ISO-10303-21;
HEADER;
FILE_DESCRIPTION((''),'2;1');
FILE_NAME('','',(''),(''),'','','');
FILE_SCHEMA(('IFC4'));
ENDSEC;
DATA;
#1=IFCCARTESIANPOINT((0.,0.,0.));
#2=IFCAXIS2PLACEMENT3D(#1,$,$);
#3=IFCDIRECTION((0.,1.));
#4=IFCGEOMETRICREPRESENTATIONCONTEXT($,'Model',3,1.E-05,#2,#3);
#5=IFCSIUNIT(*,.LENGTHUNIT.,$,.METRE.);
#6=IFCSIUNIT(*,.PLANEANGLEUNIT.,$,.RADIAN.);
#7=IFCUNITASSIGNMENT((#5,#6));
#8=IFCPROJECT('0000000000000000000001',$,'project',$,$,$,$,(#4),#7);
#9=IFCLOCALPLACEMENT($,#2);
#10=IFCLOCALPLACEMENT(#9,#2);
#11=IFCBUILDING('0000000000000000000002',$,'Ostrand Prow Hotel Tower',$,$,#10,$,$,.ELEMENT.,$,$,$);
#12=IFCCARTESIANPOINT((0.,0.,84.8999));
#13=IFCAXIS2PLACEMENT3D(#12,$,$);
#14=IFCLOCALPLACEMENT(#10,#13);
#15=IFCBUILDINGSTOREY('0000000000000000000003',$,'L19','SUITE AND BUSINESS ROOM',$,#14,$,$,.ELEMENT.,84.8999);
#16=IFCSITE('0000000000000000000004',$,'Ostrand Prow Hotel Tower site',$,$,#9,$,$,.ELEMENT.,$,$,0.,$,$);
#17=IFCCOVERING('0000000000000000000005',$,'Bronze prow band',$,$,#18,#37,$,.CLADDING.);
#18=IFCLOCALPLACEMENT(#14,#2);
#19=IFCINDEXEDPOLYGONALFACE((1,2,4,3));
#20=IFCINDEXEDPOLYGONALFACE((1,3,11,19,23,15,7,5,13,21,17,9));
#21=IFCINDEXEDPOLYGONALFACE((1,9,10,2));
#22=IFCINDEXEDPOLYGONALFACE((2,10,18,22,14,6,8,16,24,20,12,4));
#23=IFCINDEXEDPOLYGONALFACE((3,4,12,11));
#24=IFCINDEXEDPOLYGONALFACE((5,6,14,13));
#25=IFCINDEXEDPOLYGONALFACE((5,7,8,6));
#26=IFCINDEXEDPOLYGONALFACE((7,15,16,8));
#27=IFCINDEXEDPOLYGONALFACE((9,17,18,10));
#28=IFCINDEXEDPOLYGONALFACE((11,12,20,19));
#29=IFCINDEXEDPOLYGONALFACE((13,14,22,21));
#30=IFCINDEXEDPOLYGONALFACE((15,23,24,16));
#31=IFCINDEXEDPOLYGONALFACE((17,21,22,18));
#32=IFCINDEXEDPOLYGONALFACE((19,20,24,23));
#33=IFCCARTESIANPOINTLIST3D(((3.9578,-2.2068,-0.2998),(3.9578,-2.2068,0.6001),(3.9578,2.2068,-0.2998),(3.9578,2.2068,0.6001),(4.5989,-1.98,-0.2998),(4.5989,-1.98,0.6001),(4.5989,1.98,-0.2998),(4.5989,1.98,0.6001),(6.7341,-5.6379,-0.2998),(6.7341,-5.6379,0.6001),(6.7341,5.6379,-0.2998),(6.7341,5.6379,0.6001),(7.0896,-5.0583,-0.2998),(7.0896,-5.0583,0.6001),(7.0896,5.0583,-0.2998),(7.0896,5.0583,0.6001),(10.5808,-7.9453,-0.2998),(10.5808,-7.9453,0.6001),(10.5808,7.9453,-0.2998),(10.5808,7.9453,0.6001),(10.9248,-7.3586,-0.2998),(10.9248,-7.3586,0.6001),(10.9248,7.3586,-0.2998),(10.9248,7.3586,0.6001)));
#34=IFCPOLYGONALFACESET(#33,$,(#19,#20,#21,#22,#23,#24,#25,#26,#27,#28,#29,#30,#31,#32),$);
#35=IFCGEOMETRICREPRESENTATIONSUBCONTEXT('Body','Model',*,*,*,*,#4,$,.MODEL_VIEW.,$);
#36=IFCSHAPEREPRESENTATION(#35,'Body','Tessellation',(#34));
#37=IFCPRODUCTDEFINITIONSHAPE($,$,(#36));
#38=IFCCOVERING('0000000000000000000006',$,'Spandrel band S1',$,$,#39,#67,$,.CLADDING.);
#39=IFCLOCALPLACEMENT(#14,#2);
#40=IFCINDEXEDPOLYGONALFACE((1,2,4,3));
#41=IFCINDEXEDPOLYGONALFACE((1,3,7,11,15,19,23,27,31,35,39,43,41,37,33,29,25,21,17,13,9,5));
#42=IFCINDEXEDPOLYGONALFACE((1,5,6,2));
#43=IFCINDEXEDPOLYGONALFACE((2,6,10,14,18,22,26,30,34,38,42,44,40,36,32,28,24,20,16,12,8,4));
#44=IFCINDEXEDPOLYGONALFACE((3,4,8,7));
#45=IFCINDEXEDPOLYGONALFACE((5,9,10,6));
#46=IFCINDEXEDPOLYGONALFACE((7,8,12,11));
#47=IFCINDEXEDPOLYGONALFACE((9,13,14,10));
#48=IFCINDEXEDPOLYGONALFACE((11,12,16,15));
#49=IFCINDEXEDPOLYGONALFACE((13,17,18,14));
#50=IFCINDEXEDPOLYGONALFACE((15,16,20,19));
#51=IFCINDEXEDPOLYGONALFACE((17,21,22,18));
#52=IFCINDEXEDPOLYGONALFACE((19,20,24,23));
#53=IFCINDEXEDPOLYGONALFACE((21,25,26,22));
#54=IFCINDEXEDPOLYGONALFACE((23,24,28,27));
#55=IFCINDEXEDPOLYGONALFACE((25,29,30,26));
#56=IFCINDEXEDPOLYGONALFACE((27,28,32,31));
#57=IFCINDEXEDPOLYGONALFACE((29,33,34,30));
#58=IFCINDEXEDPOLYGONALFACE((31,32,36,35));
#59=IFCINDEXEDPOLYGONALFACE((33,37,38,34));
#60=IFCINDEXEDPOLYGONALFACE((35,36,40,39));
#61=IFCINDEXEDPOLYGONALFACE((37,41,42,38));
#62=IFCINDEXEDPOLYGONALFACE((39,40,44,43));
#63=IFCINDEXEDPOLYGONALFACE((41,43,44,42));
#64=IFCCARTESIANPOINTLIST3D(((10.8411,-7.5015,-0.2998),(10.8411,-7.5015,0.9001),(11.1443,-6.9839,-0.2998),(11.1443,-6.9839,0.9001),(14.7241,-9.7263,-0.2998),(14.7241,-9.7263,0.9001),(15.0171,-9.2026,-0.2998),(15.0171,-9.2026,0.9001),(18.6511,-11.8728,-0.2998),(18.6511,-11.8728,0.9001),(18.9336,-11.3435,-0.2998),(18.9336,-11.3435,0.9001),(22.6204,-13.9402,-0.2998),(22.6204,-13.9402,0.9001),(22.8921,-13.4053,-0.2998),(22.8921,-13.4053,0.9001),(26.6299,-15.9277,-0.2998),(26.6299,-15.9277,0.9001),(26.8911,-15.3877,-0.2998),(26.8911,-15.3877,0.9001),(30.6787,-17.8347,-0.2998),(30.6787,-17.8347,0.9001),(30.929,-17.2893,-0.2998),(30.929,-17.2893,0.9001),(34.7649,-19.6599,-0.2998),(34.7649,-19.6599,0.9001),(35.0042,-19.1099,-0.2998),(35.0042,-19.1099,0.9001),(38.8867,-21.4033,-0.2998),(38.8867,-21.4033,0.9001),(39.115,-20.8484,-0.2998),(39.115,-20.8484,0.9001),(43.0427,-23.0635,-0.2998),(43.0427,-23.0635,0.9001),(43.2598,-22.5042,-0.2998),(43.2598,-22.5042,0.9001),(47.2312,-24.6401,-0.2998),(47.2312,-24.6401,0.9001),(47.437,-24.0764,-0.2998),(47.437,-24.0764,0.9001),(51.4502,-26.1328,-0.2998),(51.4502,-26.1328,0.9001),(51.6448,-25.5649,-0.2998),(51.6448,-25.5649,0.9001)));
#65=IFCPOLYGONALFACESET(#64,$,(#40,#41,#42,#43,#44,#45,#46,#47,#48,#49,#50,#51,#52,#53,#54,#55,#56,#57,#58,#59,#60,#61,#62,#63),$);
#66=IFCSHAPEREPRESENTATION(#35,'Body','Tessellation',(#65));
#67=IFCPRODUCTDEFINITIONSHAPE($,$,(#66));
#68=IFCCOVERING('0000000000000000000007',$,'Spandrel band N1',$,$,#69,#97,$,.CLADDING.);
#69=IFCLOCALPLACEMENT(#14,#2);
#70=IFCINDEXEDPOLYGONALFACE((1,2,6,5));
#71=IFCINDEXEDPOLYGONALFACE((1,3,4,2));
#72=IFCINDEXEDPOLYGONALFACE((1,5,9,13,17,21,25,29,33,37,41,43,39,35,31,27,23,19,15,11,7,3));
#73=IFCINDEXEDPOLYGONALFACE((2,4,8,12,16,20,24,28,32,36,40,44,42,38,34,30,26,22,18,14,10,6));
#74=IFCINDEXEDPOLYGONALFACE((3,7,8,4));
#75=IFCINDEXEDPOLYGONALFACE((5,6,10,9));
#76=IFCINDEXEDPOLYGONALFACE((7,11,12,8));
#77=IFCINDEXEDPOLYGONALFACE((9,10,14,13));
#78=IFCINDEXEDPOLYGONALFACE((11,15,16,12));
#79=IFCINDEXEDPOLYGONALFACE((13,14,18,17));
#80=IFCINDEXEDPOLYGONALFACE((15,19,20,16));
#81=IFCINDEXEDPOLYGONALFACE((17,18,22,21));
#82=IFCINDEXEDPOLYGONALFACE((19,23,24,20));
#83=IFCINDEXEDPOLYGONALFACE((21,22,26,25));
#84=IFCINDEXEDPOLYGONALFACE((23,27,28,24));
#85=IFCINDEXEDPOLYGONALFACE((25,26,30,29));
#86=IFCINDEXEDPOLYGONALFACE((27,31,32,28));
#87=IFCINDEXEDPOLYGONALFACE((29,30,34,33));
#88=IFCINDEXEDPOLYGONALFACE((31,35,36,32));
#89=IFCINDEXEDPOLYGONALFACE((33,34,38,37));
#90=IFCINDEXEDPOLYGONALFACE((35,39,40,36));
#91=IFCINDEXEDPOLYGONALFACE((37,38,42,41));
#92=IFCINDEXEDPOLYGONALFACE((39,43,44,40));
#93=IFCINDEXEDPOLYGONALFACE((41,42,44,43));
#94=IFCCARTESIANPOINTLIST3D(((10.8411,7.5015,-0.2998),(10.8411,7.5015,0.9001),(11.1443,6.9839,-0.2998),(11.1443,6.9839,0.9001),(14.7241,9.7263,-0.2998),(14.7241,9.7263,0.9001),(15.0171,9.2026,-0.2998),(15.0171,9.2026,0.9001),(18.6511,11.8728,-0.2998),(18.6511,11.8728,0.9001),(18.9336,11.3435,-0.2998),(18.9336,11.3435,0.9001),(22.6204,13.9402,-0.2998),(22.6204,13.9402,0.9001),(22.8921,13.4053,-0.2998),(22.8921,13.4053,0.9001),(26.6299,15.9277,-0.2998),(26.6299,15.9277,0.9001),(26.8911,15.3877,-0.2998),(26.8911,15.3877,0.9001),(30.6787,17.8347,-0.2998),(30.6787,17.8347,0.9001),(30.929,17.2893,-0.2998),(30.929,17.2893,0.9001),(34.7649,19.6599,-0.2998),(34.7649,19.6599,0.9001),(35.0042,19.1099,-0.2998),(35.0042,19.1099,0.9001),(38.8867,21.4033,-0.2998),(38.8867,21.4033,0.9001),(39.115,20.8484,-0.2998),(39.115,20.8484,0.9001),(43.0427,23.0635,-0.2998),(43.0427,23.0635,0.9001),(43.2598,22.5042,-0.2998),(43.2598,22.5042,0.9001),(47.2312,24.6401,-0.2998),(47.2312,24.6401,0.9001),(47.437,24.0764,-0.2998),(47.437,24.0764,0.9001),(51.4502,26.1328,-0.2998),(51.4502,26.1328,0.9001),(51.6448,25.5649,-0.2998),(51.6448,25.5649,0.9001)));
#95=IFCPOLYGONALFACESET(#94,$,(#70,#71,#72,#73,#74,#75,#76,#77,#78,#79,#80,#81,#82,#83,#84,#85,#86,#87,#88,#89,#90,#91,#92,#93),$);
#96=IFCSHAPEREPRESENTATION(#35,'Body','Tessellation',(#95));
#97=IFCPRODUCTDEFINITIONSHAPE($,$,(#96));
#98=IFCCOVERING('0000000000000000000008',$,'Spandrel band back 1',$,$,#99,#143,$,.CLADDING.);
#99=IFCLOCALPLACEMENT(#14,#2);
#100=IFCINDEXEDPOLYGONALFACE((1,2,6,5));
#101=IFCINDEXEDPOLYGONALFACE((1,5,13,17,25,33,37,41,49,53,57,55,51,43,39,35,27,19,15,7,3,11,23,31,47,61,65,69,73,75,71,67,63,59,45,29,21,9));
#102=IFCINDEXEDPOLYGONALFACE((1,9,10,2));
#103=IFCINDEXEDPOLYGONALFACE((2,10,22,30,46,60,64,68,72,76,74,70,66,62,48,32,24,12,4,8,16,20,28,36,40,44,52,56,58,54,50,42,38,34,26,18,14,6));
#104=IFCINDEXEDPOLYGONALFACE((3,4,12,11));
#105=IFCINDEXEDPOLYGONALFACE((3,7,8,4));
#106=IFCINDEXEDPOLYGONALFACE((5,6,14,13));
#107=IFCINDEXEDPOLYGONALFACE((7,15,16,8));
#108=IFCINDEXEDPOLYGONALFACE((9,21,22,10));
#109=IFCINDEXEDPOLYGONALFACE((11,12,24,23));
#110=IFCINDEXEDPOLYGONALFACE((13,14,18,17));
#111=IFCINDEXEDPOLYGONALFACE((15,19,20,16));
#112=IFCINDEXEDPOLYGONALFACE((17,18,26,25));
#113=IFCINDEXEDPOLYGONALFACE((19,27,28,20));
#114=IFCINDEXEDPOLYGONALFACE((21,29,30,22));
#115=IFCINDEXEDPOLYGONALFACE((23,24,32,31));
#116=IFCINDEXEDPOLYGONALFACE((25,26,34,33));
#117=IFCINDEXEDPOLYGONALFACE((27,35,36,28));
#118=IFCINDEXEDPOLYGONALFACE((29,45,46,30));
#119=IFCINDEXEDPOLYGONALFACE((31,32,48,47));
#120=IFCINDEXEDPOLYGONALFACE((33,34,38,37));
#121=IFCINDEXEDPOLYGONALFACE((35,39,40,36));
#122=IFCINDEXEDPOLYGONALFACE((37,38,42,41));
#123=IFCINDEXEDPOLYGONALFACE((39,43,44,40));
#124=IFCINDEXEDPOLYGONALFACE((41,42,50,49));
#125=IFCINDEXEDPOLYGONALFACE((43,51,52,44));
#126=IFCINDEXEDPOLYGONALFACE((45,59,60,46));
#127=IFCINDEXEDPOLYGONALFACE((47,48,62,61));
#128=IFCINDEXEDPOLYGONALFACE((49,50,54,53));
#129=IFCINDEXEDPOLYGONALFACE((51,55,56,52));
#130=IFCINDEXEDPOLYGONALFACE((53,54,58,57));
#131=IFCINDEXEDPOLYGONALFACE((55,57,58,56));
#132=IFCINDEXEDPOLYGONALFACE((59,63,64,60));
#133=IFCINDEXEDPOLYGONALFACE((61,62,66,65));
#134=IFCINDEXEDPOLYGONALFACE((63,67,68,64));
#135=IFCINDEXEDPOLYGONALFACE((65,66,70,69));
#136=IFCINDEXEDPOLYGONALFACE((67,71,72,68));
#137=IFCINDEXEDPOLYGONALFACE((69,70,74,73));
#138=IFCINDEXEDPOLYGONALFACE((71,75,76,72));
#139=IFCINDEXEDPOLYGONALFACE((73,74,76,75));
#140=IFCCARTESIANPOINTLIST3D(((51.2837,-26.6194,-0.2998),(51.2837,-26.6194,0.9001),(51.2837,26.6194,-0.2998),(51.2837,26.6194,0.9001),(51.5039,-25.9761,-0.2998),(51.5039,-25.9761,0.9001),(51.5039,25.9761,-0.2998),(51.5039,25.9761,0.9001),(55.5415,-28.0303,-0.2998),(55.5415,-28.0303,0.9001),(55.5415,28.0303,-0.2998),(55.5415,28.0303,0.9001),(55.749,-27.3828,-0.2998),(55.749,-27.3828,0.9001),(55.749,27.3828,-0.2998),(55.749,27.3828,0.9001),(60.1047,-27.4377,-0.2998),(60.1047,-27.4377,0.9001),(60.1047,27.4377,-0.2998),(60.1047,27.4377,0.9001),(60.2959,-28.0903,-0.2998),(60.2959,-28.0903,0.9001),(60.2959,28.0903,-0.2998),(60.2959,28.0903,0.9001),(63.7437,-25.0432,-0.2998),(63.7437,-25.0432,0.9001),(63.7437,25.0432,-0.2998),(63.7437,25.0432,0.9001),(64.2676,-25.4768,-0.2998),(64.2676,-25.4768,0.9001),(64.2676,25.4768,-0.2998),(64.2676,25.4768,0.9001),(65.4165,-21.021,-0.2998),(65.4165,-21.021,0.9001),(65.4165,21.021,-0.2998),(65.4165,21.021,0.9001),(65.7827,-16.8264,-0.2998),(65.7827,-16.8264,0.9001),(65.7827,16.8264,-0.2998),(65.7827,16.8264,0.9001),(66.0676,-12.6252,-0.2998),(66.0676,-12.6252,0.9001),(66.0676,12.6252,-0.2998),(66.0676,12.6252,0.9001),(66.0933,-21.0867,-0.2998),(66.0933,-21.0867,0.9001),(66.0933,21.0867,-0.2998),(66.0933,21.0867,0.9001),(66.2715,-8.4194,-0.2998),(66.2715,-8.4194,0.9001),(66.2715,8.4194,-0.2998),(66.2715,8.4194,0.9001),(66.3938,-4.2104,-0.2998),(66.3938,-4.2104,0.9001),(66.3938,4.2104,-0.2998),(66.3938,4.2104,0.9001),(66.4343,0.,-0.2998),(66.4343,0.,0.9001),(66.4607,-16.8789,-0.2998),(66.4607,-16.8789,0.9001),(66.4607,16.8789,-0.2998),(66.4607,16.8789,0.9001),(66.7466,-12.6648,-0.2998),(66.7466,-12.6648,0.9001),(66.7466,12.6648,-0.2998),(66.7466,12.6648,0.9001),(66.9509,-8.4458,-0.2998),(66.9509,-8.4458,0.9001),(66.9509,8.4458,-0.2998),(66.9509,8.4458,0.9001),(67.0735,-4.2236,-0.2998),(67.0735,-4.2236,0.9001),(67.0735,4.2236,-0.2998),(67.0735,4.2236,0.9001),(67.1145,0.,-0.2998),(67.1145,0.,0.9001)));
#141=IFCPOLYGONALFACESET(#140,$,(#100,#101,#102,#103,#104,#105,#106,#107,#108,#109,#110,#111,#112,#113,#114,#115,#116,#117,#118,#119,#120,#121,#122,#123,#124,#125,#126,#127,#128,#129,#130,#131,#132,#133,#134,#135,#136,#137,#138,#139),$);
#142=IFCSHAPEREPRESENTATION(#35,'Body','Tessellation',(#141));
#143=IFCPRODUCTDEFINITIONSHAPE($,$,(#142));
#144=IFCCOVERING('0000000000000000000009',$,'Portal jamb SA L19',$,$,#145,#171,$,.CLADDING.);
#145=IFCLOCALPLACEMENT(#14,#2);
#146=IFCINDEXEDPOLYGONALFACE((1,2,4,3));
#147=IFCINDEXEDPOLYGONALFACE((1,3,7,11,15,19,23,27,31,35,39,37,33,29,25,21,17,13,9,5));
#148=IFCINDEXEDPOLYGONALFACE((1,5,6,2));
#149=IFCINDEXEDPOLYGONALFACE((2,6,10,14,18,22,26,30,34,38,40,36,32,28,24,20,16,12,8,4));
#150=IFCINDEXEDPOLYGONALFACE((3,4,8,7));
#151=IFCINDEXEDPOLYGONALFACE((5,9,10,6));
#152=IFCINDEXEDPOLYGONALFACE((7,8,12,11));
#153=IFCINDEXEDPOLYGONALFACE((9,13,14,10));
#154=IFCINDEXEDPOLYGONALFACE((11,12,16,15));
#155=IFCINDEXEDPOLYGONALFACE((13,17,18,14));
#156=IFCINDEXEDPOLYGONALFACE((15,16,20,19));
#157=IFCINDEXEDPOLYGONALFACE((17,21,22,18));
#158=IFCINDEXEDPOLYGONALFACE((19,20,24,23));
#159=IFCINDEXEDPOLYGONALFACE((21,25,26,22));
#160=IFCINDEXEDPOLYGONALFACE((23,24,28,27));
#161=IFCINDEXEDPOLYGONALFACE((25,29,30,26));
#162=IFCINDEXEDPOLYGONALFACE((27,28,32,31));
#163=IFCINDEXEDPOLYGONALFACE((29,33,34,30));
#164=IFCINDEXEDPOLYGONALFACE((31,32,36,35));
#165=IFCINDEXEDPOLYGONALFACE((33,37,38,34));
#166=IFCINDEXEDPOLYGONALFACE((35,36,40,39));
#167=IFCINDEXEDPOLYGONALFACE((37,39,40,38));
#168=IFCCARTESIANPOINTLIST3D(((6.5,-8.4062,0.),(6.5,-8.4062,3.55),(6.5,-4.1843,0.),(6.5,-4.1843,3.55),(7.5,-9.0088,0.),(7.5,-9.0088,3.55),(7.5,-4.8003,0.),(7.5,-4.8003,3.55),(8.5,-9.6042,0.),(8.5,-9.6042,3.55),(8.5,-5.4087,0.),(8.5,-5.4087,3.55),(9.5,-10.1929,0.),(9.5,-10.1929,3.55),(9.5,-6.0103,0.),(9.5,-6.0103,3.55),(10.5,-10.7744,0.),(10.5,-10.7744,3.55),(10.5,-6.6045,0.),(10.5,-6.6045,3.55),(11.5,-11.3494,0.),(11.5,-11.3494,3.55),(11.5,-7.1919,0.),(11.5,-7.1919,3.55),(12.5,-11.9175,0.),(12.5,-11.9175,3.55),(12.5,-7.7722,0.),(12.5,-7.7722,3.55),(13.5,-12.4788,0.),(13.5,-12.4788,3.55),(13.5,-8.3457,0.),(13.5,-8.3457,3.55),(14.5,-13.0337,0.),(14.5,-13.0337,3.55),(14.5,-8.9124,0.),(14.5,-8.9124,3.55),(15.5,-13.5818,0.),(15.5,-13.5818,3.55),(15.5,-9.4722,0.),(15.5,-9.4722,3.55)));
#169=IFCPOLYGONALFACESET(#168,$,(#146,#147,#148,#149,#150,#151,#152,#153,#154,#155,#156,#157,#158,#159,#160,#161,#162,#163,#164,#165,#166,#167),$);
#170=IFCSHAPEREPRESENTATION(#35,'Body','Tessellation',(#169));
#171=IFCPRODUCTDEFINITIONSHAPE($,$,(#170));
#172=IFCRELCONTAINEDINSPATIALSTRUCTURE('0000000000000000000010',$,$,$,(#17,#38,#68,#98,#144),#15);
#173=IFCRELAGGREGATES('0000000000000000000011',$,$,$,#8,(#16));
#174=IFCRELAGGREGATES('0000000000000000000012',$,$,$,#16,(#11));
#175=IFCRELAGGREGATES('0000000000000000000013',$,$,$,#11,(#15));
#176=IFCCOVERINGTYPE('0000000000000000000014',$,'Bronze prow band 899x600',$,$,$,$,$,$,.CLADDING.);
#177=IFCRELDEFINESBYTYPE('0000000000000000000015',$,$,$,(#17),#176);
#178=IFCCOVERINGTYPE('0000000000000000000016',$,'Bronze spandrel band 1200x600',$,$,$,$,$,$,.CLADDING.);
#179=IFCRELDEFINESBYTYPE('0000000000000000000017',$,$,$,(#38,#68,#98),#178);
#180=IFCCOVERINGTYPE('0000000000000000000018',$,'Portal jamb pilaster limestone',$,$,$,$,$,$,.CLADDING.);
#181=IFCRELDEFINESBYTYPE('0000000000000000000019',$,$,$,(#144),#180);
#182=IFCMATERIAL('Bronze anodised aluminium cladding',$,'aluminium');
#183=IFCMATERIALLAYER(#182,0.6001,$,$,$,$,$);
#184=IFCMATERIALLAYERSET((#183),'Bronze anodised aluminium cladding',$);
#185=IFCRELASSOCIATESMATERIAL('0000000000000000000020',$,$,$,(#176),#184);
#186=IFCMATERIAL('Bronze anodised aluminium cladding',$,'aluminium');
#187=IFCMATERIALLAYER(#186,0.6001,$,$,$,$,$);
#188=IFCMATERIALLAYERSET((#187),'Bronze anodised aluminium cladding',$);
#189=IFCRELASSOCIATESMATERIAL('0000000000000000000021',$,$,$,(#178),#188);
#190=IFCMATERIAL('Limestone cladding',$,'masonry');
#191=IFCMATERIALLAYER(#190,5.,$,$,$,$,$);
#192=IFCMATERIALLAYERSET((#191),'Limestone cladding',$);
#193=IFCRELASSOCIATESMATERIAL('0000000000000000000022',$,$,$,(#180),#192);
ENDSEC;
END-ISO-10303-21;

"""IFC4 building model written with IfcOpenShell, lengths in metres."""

from ifc_helpers import new_model, si_unit, direction, frame, origin, place, context, subcontext, project, spatial, polyline, outline, extrude, material, layer, layer_set, type_object, element, save


model = new_model("IFC4")

# Units and contexts
model_context = context("Model", 3, precision=1e-05, world=origin(), true_north=direction((0.0, 1.0)))
body_context = subcontext(model_context, "Body", "Model", "MODEL_VIEW")
ifc_project = project(units=[si_unit("LENGTHUNIT", "METRE"), si_unit("PLANEANGLEUNIT", "RADIAN")], contexts=[model_context])

# Site, building, storey
site_placement = place(None, origin())
site = spatial("IfcSite", under=ifc_project, at=site_placement, Name="Ostrand Prow Hotel Tower site", CompositionType="ELEMENT", RefElevation=0.0)
building_placement = place(site_placement, origin())
building = spatial("IfcBuilding", under=site, at=building_placement, Name="Ostrand Prow Hotel Tower", CompositionType="ELEMENT")
storey_placement = place(building_placement, frame((0.0, 0.0, 84.8999)))
storey = spatial("IfcBuildingStorey", under=building, at=storey_placement, Name="L19", Description="SUITE AND BUSINESS ROOM", CompositionType="ELEMENT", Elevation=84.8999)

# Coverings
ifc_material_1 = material(Name="Bronze anodised aluminium cladding", Category="aluminium")
ifc_layer_1 = layer(ifc_material_1, 0.6001)
ifc_layer_set_1 = layer_set([ifc_layer_1], Name="Bronze anodised aluminium cladding")
covering_type_1 = type_object("IfcCoveringType", Name="Bronze prow band 899x600", PredefinedType="CLADDING", material=ifc_layer_set_1)
covering_1_placement = place(storey_placement, frame((0.0, 0.0, -0.2998)))
element("IfcCovering", 1, at=covering_1_placement, inside=storey, type_object=covering_type_1, Name="Bronze prow band", PredefinedType="CLADDING", context=body_context, shape_type="SweptSolid", body=[
    extrude(outline(polyline([(10.5808, 7.9453), (6.7341, 5.6379), (3.9578, 2.2068), (3.9578, -2.2068), (6.7341, -5.6379), (10.5808, -7.9453), (10.9248, -7.3586), (7.0896, -5.0583), (4.5989, -1.98), (4.5989, 1.98), (7.0896, 5.0583), (10.9248, 7.3586), (10.5808, 7.9453)])), origin(), (0.0, 0.0, 1.0), 0.8999),
])
ifc_material_2 = material(Name="Bronze anodised aluminium cladding", Category="aluminium")
ifc_layer_2 = layer(ifc_material_2, 0.6001)
ifc_layer_set_2 = layer_set([ifc_layer_2], Name="Bronze anodised aluminium cladding")
covering_type_2 = type_object("IfcCoveringType", Name="Bronze spandrel band 1200x600", PredefinedType="CLADDING", material=ifc_layer_set_2)
covering_2_placement = place(storey_placement, frame((0.0, 0.0, -0.2998)))
element("IfcCovering", 2, at=covering_2_placement, inside=storey, type_object=covering_type_2, Name="Spandrel band S1", PredefinedType="CLADDING", context=body_context, shape_type="SweptSolid", body=[
    extrude(outline(polyline([(10.8411, -7.5015), (14.7241, -9.7263), (18.6511, -11.8728), (22.6204, -13.9402), (26.6299, -15.9277), (30.6787, -17.8347), (34.7649, -19.6599), (38.8867, -21.4033), (43.0427, -23.0635), (47.2312, -24.6401), (51.4502, -26.1328), (51.6448, -25.5649), (47.437, -24.0764), (43.2598, -22.5042), (39.115, -20.8484), (35.0042, -19.1099), (30.929, -17.2893), (26.8911, -15.3877), (22.8921, -13.4053), (18.9336, -11.3435), (15.0171, -9.2026), (11.1443, -6.9839), (10.8411, -7.5015)])), origin(), (0.0, 0.0, 1.0), 1.2),
])
covering_3_placement = place(storey_placement, frame((0.0, 0.0, -0.2998)))
element("IfcCovering", 3, at=covering_3_placement, inside=storey, type_object=covering_type_2, Name="Spandrel band N1", PredefinedType="CLADDING", context=body_context, shape_type="SweptSolid", body=[
    extrude(outline(polyline([(51.4502, 26.1328), (47.2312, 24.6401), (43.0427, 23.0635), (38.8867, 21.4033), (34.7649, 19.6599), (30.6787, 17.8347), (26.6299, 15.9277), (22.6204, 13.9402), (18.6511, 11.8728), (14.7241, 9.7263), (10.8411, 7.5015), (11.1443, 6.9839), (15.0171, 9.2026), (18.9336, 11.3435), (22.8921, 13.4053), (26.8911, 15.3877), (30.929, 17.2893), (35.0042, 19.1099), (39.115, 20.8484), (43.2598, 22.5042), (47.437, 24.0764), (51.6448, 25.5649), (51.4502, 26.1328)])), origin(), (0.0, 0.0, 1.0), 1.2),
])
covering_4_placement = place(storey_placement, frame((0.0, 0.0, -0.2998)))
element("IfcCovering", 4, at=covering_4_placement, inside=storey, type_object=covering_type_2, Name="Spandrel band back 1", PredefinedType="CLADDING", context=body_context, shape_type="SweptSolid", body=[
    extrude(outline(polyline([(51.2837, -26.6194), (55.5415, -28.0303), (60.2959, -28.0903), (64.2676, -25.4768), (66.0933, -21.0867), (66.4607, -16.8789), (66.7466, -12.6648), (66.9509, -8.4458), (67.0735, -4.2236), (67.1145, 0.0), (67.0735, 4.2236), (66.9509, 8.4458), (66.7466, 12.6648), (66.4607, 16.8789), (66.0933, 21.0867), (64.2676, 25.4768), (60.2959, 28.0903), (55.5415, 28.0303), (51.2837, 26.6194), (51.5039, 25.9761), (55.749, 27.3828), (60.1047, 27.4377), (63.7437, 25.0432), (65.4165, 21.021), (65.7827, 16.8264), (66.0676, 12.6252), (66.2715, 8.4194), (66.3938, 4.2104), (66.4343, 0.0), (66.3938, -4.2104), (66.2715, -8.4194), (66.0676, -12.6252), (65.7827, -16.8264), (65.4165, -21.021), (63.7437, -25.0432), (60.1047, -27.4377), (55.749, -27.3828), (51.5039, -25.9761), (51.2837, -26.6194)])), origin(), (0.0, 0.0, 1.0), 1.2),
])
ifc_material_3 = material(Name="Limestone cladding", Category="masonry")
ifc_layer_3 = layer(ifc_material_3, 5.0)
ifc_layer_set_3 = layer_set([ifc_layer_3], Name="Limestone cladding")
covering_type_3 = type_object("IfcCoveringType", Name="Portal jamb pilaster limestone", PredefinedType="CLADDING", material=ifc_layer_set_3)
covering_5_placement = place(storey_placement, origin())
element("IfcCovering", 5, at=covering_5_placement, inside=storey, type_object=covering_type_3, Name="Portal jamb SA L19", PredefinedType="CLADDING", context=body_context, shape_type="SweptSolid", body=[
    extrude(outline(polyline([(6.5, -4.1843), (6.5, -8.4062), (7.5, -9.0088), (8.5, -9.6042), (9.5, -10.1929), (10.5, -10.7744), (11.5, -11.3494), (12.5, -11.9175), (13.5, -12.4788), (14.5, -13.0337), (15.5, -13.5818), (15.5, -9.4722), (14.5, -8.9124), (13.5, -8.3457), (12.5, -7.7722), (11.5, -7.1919), (10.5, -6.6045), (9.5, -6.0103), (8.5, -5.4087), (7.5, -4.8003), (6.5, -4.1843)])), origin(), (0.0, 0.0, 1.0), 3.55),
])

save(model, "model.ifc")
